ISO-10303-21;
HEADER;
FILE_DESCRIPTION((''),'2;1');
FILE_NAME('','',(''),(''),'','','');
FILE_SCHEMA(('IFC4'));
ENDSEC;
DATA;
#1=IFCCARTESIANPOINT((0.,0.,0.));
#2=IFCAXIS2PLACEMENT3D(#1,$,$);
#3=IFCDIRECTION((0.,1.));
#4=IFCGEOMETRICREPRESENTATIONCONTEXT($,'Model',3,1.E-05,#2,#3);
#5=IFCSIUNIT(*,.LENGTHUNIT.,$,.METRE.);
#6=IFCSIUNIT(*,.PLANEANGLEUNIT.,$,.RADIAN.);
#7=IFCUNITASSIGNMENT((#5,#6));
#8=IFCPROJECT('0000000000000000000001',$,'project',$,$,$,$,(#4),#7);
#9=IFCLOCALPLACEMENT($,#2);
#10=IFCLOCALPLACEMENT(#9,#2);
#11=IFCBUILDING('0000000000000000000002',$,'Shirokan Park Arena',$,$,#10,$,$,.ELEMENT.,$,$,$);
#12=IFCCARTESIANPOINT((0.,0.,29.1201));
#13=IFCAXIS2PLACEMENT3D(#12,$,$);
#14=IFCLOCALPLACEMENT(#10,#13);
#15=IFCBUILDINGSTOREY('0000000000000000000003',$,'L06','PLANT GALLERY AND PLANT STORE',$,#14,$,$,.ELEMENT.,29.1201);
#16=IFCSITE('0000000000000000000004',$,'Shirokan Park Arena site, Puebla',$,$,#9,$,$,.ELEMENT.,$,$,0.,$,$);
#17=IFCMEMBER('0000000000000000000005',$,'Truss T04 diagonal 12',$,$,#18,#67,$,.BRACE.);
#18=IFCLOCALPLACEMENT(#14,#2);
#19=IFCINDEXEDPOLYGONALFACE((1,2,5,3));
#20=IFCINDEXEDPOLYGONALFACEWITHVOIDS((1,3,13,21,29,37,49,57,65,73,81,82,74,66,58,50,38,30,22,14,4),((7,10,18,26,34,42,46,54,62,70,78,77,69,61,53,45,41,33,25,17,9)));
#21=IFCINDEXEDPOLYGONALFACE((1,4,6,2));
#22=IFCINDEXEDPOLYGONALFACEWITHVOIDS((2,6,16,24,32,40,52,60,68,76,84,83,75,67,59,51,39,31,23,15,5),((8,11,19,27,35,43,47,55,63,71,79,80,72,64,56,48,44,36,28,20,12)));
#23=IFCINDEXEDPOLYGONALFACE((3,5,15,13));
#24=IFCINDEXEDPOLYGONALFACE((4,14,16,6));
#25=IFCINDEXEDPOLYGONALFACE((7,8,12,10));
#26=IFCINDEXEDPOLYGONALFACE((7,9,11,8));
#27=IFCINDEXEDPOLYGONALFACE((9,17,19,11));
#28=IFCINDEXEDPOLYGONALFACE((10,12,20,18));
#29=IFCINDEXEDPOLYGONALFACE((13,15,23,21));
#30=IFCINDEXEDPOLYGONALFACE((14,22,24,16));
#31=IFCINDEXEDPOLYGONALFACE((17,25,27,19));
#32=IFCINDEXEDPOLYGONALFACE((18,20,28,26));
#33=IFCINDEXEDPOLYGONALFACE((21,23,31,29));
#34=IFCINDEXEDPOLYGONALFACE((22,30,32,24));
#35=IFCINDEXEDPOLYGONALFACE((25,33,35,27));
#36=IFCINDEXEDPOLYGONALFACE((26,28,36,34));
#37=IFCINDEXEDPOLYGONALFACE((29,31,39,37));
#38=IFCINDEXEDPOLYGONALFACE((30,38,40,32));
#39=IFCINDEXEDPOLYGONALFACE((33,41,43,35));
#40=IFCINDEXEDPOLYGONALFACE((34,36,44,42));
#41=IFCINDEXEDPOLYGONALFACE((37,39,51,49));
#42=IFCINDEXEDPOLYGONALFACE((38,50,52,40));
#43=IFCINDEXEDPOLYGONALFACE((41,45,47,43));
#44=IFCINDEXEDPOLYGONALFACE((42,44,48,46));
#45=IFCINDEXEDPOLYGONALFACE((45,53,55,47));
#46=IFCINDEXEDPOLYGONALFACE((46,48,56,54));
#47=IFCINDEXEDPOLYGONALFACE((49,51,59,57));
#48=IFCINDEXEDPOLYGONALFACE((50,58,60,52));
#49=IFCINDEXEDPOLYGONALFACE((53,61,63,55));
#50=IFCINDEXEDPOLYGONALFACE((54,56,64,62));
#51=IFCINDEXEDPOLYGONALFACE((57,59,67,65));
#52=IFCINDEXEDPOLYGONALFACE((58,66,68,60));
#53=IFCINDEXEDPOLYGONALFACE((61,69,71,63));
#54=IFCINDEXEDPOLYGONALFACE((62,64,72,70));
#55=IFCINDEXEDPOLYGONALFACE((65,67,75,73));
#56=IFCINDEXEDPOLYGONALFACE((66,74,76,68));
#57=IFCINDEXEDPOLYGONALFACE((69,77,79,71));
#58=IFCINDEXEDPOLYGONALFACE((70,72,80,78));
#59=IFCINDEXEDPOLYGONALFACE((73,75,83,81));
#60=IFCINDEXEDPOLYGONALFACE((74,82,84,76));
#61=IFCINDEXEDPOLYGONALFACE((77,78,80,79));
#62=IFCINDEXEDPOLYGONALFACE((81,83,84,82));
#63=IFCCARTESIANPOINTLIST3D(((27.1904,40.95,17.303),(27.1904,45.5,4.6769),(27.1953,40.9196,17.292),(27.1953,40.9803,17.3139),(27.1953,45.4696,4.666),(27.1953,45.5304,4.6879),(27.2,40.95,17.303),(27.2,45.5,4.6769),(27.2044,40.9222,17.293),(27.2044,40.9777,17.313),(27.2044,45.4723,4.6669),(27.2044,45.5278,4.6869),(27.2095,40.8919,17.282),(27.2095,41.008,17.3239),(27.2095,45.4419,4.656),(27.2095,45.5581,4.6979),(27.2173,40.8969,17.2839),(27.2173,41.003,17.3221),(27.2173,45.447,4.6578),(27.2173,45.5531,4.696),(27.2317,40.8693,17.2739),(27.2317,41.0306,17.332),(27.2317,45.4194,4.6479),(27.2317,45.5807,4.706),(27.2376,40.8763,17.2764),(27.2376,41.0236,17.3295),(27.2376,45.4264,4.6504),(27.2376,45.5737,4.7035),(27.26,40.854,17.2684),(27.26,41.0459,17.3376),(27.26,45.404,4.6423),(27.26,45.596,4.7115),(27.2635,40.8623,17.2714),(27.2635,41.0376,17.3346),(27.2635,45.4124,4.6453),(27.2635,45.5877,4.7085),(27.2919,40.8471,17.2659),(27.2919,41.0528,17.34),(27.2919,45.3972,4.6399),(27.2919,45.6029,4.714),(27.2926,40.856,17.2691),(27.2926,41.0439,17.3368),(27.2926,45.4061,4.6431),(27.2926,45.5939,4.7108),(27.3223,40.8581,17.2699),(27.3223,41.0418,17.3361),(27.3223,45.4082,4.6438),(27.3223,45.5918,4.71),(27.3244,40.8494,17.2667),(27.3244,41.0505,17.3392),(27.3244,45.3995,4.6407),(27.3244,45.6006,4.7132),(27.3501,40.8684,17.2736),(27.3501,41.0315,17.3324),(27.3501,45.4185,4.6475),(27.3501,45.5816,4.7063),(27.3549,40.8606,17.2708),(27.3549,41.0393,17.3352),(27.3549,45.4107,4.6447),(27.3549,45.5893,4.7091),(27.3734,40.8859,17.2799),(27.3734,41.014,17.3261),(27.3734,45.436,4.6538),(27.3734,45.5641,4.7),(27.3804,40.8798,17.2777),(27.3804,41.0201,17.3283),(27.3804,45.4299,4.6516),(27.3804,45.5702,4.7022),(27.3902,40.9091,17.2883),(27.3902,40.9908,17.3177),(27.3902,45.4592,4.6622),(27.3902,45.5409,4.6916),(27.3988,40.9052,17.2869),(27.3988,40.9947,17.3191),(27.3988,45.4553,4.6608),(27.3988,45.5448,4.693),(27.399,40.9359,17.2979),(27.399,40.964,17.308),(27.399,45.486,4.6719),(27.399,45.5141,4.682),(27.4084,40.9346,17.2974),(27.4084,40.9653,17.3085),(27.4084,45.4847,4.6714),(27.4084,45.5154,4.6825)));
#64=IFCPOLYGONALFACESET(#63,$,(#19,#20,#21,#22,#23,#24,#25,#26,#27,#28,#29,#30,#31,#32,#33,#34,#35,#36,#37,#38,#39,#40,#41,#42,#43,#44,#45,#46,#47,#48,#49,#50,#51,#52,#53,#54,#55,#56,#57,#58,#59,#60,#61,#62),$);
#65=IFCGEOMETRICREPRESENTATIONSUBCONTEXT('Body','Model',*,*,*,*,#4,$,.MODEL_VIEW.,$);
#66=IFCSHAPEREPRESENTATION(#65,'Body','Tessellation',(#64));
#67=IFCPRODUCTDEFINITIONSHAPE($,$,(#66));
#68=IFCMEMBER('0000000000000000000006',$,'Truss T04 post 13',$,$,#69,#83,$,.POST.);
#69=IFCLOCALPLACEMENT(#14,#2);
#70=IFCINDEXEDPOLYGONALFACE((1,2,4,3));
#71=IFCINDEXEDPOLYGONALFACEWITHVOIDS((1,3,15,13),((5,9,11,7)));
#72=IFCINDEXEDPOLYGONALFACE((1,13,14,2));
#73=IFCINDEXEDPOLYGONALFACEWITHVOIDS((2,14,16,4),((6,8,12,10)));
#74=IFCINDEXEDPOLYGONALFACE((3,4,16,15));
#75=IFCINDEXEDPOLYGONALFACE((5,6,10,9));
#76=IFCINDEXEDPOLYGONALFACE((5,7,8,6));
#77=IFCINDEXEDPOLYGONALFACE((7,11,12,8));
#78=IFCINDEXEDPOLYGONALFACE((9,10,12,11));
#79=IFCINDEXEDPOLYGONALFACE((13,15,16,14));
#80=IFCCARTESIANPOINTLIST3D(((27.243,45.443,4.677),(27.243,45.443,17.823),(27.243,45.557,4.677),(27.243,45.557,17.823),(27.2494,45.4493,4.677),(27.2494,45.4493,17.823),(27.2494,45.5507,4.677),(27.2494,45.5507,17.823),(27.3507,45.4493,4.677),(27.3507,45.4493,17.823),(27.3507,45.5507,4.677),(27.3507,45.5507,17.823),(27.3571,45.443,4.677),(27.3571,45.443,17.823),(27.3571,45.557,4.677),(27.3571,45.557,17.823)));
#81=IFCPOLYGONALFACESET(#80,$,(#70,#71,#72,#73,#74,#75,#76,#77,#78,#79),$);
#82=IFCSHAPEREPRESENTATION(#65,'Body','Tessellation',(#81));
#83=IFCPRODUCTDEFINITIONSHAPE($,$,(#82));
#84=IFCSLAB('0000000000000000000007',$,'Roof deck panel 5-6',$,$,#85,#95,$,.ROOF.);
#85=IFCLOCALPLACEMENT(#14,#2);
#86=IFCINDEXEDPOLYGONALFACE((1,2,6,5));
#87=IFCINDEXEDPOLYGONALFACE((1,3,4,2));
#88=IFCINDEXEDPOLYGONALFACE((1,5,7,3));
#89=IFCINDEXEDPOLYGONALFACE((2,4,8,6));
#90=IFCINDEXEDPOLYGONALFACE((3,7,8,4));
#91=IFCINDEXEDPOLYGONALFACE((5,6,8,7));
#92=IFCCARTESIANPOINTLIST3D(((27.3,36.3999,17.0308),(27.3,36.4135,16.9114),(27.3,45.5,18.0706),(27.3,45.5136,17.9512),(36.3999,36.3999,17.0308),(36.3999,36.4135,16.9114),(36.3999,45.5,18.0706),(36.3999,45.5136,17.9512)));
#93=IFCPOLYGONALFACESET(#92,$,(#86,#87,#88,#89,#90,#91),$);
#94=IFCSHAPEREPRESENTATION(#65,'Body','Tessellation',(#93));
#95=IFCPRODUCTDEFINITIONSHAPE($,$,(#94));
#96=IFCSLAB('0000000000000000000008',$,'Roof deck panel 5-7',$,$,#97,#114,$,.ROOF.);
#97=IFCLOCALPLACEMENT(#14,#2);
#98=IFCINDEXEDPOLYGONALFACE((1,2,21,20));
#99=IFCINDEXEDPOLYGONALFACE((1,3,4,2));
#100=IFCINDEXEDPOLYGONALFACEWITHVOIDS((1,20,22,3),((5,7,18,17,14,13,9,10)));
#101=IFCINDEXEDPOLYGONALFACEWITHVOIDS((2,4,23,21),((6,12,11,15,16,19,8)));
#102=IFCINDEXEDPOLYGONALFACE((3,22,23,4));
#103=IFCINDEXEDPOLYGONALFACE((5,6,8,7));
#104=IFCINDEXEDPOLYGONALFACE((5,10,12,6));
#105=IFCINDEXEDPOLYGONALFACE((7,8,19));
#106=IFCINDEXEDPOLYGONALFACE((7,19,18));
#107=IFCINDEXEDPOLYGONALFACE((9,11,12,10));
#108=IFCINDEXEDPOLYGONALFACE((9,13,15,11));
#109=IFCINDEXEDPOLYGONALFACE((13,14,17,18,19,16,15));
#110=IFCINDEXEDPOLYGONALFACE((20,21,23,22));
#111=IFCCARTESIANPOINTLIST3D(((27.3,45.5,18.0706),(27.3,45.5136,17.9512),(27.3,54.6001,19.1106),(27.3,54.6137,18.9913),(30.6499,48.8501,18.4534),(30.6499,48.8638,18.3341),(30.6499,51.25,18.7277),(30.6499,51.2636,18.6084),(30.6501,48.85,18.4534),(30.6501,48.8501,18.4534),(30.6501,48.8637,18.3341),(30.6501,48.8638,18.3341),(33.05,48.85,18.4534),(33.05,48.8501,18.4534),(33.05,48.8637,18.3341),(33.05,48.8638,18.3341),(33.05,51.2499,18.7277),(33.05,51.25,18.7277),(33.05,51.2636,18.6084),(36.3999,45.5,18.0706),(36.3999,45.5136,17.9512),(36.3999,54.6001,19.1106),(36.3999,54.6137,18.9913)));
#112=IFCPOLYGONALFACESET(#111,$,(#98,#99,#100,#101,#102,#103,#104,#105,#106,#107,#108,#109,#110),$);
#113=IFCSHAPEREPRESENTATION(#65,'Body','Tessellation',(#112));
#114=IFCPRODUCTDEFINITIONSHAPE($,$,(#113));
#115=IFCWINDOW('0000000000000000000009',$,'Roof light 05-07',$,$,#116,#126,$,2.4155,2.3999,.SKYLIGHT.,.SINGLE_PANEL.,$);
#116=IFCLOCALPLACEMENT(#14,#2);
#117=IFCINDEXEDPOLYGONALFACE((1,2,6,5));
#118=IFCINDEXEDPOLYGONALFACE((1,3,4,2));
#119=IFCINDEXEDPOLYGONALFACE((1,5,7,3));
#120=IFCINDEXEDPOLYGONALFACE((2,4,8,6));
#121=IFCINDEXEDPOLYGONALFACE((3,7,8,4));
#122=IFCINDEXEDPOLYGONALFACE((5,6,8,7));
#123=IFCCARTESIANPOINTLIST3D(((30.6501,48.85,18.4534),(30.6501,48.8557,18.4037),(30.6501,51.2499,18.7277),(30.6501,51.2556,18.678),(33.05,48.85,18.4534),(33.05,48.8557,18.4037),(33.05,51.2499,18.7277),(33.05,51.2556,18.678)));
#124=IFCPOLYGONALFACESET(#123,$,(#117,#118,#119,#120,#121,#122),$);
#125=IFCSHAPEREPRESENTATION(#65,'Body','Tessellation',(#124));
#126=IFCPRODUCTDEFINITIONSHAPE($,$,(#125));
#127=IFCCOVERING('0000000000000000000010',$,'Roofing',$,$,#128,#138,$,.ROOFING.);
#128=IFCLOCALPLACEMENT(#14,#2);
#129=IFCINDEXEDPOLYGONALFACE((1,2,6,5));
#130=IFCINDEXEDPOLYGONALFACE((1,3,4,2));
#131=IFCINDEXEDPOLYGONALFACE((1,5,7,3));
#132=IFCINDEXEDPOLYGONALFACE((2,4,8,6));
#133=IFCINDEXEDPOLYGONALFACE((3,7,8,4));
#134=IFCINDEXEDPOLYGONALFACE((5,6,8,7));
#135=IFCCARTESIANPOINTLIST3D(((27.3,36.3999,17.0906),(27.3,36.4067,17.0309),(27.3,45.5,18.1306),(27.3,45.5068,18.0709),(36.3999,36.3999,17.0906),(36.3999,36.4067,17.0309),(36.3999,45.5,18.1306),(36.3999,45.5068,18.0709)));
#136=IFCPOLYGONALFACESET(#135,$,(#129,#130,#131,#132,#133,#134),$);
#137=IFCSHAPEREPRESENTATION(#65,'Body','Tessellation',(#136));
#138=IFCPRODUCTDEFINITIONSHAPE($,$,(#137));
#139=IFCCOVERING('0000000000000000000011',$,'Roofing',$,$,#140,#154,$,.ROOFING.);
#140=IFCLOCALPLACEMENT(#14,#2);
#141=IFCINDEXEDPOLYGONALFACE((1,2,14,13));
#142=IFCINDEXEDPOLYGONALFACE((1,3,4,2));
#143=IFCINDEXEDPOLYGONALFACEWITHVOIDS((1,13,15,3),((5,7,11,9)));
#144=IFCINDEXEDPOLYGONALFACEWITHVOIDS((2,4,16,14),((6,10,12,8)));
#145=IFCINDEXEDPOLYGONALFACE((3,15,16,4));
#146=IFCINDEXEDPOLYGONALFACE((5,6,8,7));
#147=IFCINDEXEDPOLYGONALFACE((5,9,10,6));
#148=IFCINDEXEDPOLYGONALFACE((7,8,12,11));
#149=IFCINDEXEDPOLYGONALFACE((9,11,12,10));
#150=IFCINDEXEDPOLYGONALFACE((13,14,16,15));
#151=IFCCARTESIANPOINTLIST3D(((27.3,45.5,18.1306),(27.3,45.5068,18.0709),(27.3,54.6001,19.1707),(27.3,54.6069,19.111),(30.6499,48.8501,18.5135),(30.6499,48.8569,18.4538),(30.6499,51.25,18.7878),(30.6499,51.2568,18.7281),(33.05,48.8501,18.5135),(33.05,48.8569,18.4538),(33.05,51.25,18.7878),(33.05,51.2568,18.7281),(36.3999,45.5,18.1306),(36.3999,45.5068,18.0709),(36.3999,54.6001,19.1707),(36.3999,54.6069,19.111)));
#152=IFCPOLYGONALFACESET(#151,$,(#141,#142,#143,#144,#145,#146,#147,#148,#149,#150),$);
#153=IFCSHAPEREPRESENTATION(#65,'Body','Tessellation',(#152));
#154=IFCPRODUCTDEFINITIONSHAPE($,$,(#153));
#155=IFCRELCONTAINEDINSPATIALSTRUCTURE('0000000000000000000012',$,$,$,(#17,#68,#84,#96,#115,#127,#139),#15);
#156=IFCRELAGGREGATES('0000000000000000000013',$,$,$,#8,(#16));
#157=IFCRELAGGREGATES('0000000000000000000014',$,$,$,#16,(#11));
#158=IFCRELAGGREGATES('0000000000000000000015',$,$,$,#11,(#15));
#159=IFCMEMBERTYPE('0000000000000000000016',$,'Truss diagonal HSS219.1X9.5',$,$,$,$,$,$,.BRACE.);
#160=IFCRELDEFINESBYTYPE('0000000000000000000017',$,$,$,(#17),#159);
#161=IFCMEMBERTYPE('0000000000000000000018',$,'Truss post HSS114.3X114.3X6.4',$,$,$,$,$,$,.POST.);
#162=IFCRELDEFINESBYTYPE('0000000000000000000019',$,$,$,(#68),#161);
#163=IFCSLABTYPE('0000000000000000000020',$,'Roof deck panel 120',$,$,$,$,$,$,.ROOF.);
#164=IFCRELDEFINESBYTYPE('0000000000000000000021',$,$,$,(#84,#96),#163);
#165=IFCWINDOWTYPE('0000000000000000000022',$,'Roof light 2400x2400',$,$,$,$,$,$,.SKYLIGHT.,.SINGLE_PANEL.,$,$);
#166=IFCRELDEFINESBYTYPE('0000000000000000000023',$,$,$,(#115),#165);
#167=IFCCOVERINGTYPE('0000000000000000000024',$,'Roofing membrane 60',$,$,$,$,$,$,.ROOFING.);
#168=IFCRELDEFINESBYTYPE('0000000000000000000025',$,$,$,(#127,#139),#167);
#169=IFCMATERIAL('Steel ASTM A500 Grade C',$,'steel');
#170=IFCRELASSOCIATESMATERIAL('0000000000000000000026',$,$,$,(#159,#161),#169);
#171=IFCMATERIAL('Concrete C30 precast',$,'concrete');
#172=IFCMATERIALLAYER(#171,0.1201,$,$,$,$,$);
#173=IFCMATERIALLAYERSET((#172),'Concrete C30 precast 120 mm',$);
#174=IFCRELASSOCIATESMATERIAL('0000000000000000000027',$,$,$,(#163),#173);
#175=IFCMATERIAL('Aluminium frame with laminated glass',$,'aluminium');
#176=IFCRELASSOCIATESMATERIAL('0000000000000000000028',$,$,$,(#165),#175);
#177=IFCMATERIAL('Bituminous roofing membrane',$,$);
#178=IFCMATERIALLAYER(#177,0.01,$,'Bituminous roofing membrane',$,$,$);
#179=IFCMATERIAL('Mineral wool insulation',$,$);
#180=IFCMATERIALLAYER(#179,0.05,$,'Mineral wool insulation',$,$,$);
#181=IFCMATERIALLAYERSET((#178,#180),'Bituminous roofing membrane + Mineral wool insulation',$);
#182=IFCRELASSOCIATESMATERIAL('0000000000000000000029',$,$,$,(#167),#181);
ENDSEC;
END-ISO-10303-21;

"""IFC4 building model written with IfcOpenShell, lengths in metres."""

from ifc_helpers import new_model, si_unit, direction, frame, origin, origin_2d, place, context, subcontext, project, spatial, polyline, rectangle, hollow_rectangle, hollow_circle, outline, extrude, material, layer, layer_set, material_profile, profile_set, type_object, element, fill, save


model = new_model("IFC4")

# Units and contexts
model_context = context("Model", 3, precision=1e-05, world=origin(), true_north=direction((0.0, 1.0)))
body_context = subcontext(model_context, "Body", "Model", "MODEL_VIEW")
ifc_project = project(units=[si_unit("LENGTHUNIT", "METRE"), si_unit("PLANEANGLEUNIT", "RADIAN")], contexts=[model_context])

# Site, building, storey
site_placement = place(None, origin())
site = spatial("IfcSite", under=ifc_project, at=site_placement, Name="Shirokan Park Arena site, Puebla", CompositionType="ELEMENT", RefElevation=0.0)
building_placement = place(site_placement, origin())
building = spatial("IfcBuilding", under=site, at=building_placement, Name="Shirokan Park Arena", CompositionType="ELEMENT")
storey_placement = place(building_placement, frame((0.0, 0.0, 29.1201)))
storey = spatial("IfcBuildingStorey", under=building, at=storey_placement, Name="L06", Description="PLANT GALLERY AND PLANT STORE", CompositionType="ELEMENT", Elevation=29.1201)

# Members
ifc_material_1 = material(Name="Steel ASTM A500 Grade C", Category="steel")
ifc_material_profile_1 = material_profile(ifc_material_1, hollow_circle(Radius=0.1096, WallThickness=0.0095, at=origin_2d()), Name="HSS219.1X9.5")
ifc_profile_set_1 = profile_set([ifc_material_profile_1], Name="Steel ASTM A500 Grade C")
member_type_1 = type_object("IfcMemberType", Name="Truss diagonal HSS219.1X9.5", PredefinedType="BRACE", material=ifc_profile_set_1)
member_1_placement = place(storey_placement, frame((27.3, 40.95, 17.303), z_axis=(0.0, 0.339029, -0.940776), x_axis=(-1.0, 0.0, 0.0)))
element("IfcMember", 1, at=member_1_placement, inside=storey, type_object=member_type_1, Name="Truss T04 diagonal 12", PredefinedType="BRACE", context=body_context, shape_type="SweptSolid", body=[
    extrude(hollow_circle(Radius=0.1096, WallThickness=0.0095, at=origin_2d()), origin(), (0.0, 0.0, 1.0), 13.4209),
])
ifc_material_profile_2 = material_profile(ifc_material_1, hollow_rectangle(XDim=0.114, YDim=0.114, WallThickness=0.0063, at=origin_2d()), Name="HSS114.3X114.3X6.4")
ifc_profile_set_2 = profile_set([ifc_material_profile_2], Name="Steel ASTM A500 Grade C")
member_type_2 = type_object("IfcMemberType", Name="Truss post HSS114.3X114.3X6.4", PredefinedType="POST", material=ifc_profile_set_2)
member_2_placement = place(storey_placement, frame((27.3, 45.5, 4.677), z_axis=(0.0, 0.0, 1.0), x_axis=(1.0, 0.0, 0.0)))
element("IfcMember", 2, at=member_2_placement, inside=storey, type_object=member_type_2, Name="Truss T04 post 13", PredefinedType="POST", context=body_context, shape_type="SweptSolid", body=[
    extrude(hollow_rectangle(XDim=0.114, YDim=0.114, WallThickness=0.0063, at=origin_2d()), origin(), (0.0, 0.0, 1.0), 13.146),
])

# Slab
ifc_material_2 = material(Name="Concrete C30 precast", Category="concrete")
ifc_layer_1 = layer(ifc_material_2, 0.1201)
ifc_layer_set_1 = layer_set([ifc_layer_1], Name="Concrete C30 precast 120 mm")
slab_type = type_object("IfcSlabType", Name="Roof deck panel 120", PredefinedType="ROOF", material=ifc_layer_set_1)
slab_1_placement = place(storey_placement, frame((27.3, 36.3999, 17.0308), z_axis=(0.0, -0.113523, 0.993535), x_axis=(1.0, 0.0, 0.0)))
element("IfcSlab", 3, at=slab_1_placement, inside=storey, type_object=slab_type, Name="Roof deck panel 5-6", PredefinedType="ROOF", context=body_context, shape_type="SweptSolid", body=[
    extrude(outline(polyline([(0.0, 0.0), (9.0999, 0.0), (9.0999, 9.1593), (0.0, 9.1593), (0.0, 0.0)])), origin(), (0.0, 0.0, -1.0), 0.1201),
])

# Slab, opening, window
slab_2_placement = place(storey_placement, frame((27.3, 45.5, 18.0706), z_axis=(0.0, -0.11355, 0.993532), x_axis=(1.0, 0.0, 0.0)))
slab_2 = element("IfcSlab", 4, at=slab_2_placement, inside=storey, type_object=slab_type, Name="Roof deck panel 5-7", PredefinedType="ROOF", context=body_context, shape_type="SweptSolid", body=[
    extrude(outline(polyline([(0.0, 0.0), (9.0999, 0.0), (9.0999, 9.1593), (0.0, 9.1593), (0.0, 0.0)]), holes=[polyline([(3.3499, 3.3719), (5.75, 3.3719), (5.75, 5.7874), (3.3499, 5.7874), (3.3499, 3.3719)])]), origin(), (0.0, 0.0, -1.0), 0.1201),
])
opening_placement = place(slab_2_placement, frame((4.55, 4.5796, 0.01)))
opening = element("IfcOpeningElement", 5, at=opening_placement, cuts=slab_2, PredefinedType="OPENING", context=body_context, shape_type="SweptSolid", body=[
    extrude(rectangle(XDim=2.3999, YDim=2.4155, at=origin_2d()), origin(), (0.0, 0.0, -1.0), 0.1399),
])
ifc_material_3 = material(Name="Aluminium frame with laminated glass", Category="aluminium")
window_type = type_object("IfcWindowType", Name="Roof light 2400x2400", PartitioningType="SINGLE_PANEL", PredefinedType="SKYLIGHT", material=ifc_material_3)
window_placement = place(opening_placement, frame((0.0, 0.0, -0.0601)))
window = element("IfcWindow", 6, at=window_placement, inside=storey, type_object=window_type, Name="Roof light 05-07", OverallHeight=2.4155, OverallWidth=2.3999, PartitioningType="SINGLE_PANEL", PredefinedType="SKYLIGHT", context=body_context, shape_type="SweptSolid", body=[
    extrude(rectangle(XDim=2.3999, YDim=2.4155, at=origin_2d()), origin(), (0.0, 0.0, 1.0), 0.05),
])
fill(opening, window)

# Coverings
ifc_material_4 = material(Name="Bituminous roofing membrane")
ifc_layer_2 = layer(ifc_material_4, 0.01, Name="Bituminous roofing membrane")
ifc_material_5 = material(Name="Mineral wool insulation")
ifc_layer_3 = layer(ifc_material_5, 0.05, Name="Mineral wool insulation")
ifc_layer_set_2 = layer_set([ifc_layer_2, ifc_layer_3], Name="Bituminous roofing membrane + Mineral wool insulation")
covering_type = type_object("IfcCoveringType", Name="Roofing membrane 60", PredefinedType="ROOFING", material=ifc_layer_set_2)
covering_1_placement = place(storey_placement, frame((27.3, 36.3999, 17.0906), z_axis=(0.0, -0.11355, 0.993532), x_axis=(1.0, 0.0, 0.0)))
element("IfcCovering", 7, at=covering_1_placement, inside=storey, type_object=covering_type, Name="Roofing", PredefinedType="ROOFING", context=body_context, shape_type="SweptSolid", body=[
    extrude(outline(polyline([(0.0, 0.0), (9.0999, 0.0), (9.0999, 9.1593), (0.0, 9.1593), (0.0, 0.0)])), origin(), (0.0, 0.0, -1.0), 0.0601),
])
covering_2_placement = place(storey_placement, frame((27.3, 45.5, 18.1306), z_axis=(0.0, -0.11355, 0.993532), x_axis=(1.0, 0.0, 0.0)))
element("IfcCovering", 8, at=covering_2_placement, inside=storey, type_object=covering_type, Name="Roofing", PredefinedType="ROOFING", context=body_context, shape_type="SweptSolid", body=[
    extrude(outline(polyline([(0.0, 0.0), (9.0999, 0.0), (9.0999, 9.1593), (0.0, 9.1593), (0.0, 0.0)]), holes=[polyline([(5.75, 3.3719), (5.75, 5.7874), (3.3499, 5.7874), (3.3499, 3.3719), (5.75, 3.3719)])]), origin(), (0.0, 0.0, -1.0), 0.0601),
])

save(model, "model.ifc")
